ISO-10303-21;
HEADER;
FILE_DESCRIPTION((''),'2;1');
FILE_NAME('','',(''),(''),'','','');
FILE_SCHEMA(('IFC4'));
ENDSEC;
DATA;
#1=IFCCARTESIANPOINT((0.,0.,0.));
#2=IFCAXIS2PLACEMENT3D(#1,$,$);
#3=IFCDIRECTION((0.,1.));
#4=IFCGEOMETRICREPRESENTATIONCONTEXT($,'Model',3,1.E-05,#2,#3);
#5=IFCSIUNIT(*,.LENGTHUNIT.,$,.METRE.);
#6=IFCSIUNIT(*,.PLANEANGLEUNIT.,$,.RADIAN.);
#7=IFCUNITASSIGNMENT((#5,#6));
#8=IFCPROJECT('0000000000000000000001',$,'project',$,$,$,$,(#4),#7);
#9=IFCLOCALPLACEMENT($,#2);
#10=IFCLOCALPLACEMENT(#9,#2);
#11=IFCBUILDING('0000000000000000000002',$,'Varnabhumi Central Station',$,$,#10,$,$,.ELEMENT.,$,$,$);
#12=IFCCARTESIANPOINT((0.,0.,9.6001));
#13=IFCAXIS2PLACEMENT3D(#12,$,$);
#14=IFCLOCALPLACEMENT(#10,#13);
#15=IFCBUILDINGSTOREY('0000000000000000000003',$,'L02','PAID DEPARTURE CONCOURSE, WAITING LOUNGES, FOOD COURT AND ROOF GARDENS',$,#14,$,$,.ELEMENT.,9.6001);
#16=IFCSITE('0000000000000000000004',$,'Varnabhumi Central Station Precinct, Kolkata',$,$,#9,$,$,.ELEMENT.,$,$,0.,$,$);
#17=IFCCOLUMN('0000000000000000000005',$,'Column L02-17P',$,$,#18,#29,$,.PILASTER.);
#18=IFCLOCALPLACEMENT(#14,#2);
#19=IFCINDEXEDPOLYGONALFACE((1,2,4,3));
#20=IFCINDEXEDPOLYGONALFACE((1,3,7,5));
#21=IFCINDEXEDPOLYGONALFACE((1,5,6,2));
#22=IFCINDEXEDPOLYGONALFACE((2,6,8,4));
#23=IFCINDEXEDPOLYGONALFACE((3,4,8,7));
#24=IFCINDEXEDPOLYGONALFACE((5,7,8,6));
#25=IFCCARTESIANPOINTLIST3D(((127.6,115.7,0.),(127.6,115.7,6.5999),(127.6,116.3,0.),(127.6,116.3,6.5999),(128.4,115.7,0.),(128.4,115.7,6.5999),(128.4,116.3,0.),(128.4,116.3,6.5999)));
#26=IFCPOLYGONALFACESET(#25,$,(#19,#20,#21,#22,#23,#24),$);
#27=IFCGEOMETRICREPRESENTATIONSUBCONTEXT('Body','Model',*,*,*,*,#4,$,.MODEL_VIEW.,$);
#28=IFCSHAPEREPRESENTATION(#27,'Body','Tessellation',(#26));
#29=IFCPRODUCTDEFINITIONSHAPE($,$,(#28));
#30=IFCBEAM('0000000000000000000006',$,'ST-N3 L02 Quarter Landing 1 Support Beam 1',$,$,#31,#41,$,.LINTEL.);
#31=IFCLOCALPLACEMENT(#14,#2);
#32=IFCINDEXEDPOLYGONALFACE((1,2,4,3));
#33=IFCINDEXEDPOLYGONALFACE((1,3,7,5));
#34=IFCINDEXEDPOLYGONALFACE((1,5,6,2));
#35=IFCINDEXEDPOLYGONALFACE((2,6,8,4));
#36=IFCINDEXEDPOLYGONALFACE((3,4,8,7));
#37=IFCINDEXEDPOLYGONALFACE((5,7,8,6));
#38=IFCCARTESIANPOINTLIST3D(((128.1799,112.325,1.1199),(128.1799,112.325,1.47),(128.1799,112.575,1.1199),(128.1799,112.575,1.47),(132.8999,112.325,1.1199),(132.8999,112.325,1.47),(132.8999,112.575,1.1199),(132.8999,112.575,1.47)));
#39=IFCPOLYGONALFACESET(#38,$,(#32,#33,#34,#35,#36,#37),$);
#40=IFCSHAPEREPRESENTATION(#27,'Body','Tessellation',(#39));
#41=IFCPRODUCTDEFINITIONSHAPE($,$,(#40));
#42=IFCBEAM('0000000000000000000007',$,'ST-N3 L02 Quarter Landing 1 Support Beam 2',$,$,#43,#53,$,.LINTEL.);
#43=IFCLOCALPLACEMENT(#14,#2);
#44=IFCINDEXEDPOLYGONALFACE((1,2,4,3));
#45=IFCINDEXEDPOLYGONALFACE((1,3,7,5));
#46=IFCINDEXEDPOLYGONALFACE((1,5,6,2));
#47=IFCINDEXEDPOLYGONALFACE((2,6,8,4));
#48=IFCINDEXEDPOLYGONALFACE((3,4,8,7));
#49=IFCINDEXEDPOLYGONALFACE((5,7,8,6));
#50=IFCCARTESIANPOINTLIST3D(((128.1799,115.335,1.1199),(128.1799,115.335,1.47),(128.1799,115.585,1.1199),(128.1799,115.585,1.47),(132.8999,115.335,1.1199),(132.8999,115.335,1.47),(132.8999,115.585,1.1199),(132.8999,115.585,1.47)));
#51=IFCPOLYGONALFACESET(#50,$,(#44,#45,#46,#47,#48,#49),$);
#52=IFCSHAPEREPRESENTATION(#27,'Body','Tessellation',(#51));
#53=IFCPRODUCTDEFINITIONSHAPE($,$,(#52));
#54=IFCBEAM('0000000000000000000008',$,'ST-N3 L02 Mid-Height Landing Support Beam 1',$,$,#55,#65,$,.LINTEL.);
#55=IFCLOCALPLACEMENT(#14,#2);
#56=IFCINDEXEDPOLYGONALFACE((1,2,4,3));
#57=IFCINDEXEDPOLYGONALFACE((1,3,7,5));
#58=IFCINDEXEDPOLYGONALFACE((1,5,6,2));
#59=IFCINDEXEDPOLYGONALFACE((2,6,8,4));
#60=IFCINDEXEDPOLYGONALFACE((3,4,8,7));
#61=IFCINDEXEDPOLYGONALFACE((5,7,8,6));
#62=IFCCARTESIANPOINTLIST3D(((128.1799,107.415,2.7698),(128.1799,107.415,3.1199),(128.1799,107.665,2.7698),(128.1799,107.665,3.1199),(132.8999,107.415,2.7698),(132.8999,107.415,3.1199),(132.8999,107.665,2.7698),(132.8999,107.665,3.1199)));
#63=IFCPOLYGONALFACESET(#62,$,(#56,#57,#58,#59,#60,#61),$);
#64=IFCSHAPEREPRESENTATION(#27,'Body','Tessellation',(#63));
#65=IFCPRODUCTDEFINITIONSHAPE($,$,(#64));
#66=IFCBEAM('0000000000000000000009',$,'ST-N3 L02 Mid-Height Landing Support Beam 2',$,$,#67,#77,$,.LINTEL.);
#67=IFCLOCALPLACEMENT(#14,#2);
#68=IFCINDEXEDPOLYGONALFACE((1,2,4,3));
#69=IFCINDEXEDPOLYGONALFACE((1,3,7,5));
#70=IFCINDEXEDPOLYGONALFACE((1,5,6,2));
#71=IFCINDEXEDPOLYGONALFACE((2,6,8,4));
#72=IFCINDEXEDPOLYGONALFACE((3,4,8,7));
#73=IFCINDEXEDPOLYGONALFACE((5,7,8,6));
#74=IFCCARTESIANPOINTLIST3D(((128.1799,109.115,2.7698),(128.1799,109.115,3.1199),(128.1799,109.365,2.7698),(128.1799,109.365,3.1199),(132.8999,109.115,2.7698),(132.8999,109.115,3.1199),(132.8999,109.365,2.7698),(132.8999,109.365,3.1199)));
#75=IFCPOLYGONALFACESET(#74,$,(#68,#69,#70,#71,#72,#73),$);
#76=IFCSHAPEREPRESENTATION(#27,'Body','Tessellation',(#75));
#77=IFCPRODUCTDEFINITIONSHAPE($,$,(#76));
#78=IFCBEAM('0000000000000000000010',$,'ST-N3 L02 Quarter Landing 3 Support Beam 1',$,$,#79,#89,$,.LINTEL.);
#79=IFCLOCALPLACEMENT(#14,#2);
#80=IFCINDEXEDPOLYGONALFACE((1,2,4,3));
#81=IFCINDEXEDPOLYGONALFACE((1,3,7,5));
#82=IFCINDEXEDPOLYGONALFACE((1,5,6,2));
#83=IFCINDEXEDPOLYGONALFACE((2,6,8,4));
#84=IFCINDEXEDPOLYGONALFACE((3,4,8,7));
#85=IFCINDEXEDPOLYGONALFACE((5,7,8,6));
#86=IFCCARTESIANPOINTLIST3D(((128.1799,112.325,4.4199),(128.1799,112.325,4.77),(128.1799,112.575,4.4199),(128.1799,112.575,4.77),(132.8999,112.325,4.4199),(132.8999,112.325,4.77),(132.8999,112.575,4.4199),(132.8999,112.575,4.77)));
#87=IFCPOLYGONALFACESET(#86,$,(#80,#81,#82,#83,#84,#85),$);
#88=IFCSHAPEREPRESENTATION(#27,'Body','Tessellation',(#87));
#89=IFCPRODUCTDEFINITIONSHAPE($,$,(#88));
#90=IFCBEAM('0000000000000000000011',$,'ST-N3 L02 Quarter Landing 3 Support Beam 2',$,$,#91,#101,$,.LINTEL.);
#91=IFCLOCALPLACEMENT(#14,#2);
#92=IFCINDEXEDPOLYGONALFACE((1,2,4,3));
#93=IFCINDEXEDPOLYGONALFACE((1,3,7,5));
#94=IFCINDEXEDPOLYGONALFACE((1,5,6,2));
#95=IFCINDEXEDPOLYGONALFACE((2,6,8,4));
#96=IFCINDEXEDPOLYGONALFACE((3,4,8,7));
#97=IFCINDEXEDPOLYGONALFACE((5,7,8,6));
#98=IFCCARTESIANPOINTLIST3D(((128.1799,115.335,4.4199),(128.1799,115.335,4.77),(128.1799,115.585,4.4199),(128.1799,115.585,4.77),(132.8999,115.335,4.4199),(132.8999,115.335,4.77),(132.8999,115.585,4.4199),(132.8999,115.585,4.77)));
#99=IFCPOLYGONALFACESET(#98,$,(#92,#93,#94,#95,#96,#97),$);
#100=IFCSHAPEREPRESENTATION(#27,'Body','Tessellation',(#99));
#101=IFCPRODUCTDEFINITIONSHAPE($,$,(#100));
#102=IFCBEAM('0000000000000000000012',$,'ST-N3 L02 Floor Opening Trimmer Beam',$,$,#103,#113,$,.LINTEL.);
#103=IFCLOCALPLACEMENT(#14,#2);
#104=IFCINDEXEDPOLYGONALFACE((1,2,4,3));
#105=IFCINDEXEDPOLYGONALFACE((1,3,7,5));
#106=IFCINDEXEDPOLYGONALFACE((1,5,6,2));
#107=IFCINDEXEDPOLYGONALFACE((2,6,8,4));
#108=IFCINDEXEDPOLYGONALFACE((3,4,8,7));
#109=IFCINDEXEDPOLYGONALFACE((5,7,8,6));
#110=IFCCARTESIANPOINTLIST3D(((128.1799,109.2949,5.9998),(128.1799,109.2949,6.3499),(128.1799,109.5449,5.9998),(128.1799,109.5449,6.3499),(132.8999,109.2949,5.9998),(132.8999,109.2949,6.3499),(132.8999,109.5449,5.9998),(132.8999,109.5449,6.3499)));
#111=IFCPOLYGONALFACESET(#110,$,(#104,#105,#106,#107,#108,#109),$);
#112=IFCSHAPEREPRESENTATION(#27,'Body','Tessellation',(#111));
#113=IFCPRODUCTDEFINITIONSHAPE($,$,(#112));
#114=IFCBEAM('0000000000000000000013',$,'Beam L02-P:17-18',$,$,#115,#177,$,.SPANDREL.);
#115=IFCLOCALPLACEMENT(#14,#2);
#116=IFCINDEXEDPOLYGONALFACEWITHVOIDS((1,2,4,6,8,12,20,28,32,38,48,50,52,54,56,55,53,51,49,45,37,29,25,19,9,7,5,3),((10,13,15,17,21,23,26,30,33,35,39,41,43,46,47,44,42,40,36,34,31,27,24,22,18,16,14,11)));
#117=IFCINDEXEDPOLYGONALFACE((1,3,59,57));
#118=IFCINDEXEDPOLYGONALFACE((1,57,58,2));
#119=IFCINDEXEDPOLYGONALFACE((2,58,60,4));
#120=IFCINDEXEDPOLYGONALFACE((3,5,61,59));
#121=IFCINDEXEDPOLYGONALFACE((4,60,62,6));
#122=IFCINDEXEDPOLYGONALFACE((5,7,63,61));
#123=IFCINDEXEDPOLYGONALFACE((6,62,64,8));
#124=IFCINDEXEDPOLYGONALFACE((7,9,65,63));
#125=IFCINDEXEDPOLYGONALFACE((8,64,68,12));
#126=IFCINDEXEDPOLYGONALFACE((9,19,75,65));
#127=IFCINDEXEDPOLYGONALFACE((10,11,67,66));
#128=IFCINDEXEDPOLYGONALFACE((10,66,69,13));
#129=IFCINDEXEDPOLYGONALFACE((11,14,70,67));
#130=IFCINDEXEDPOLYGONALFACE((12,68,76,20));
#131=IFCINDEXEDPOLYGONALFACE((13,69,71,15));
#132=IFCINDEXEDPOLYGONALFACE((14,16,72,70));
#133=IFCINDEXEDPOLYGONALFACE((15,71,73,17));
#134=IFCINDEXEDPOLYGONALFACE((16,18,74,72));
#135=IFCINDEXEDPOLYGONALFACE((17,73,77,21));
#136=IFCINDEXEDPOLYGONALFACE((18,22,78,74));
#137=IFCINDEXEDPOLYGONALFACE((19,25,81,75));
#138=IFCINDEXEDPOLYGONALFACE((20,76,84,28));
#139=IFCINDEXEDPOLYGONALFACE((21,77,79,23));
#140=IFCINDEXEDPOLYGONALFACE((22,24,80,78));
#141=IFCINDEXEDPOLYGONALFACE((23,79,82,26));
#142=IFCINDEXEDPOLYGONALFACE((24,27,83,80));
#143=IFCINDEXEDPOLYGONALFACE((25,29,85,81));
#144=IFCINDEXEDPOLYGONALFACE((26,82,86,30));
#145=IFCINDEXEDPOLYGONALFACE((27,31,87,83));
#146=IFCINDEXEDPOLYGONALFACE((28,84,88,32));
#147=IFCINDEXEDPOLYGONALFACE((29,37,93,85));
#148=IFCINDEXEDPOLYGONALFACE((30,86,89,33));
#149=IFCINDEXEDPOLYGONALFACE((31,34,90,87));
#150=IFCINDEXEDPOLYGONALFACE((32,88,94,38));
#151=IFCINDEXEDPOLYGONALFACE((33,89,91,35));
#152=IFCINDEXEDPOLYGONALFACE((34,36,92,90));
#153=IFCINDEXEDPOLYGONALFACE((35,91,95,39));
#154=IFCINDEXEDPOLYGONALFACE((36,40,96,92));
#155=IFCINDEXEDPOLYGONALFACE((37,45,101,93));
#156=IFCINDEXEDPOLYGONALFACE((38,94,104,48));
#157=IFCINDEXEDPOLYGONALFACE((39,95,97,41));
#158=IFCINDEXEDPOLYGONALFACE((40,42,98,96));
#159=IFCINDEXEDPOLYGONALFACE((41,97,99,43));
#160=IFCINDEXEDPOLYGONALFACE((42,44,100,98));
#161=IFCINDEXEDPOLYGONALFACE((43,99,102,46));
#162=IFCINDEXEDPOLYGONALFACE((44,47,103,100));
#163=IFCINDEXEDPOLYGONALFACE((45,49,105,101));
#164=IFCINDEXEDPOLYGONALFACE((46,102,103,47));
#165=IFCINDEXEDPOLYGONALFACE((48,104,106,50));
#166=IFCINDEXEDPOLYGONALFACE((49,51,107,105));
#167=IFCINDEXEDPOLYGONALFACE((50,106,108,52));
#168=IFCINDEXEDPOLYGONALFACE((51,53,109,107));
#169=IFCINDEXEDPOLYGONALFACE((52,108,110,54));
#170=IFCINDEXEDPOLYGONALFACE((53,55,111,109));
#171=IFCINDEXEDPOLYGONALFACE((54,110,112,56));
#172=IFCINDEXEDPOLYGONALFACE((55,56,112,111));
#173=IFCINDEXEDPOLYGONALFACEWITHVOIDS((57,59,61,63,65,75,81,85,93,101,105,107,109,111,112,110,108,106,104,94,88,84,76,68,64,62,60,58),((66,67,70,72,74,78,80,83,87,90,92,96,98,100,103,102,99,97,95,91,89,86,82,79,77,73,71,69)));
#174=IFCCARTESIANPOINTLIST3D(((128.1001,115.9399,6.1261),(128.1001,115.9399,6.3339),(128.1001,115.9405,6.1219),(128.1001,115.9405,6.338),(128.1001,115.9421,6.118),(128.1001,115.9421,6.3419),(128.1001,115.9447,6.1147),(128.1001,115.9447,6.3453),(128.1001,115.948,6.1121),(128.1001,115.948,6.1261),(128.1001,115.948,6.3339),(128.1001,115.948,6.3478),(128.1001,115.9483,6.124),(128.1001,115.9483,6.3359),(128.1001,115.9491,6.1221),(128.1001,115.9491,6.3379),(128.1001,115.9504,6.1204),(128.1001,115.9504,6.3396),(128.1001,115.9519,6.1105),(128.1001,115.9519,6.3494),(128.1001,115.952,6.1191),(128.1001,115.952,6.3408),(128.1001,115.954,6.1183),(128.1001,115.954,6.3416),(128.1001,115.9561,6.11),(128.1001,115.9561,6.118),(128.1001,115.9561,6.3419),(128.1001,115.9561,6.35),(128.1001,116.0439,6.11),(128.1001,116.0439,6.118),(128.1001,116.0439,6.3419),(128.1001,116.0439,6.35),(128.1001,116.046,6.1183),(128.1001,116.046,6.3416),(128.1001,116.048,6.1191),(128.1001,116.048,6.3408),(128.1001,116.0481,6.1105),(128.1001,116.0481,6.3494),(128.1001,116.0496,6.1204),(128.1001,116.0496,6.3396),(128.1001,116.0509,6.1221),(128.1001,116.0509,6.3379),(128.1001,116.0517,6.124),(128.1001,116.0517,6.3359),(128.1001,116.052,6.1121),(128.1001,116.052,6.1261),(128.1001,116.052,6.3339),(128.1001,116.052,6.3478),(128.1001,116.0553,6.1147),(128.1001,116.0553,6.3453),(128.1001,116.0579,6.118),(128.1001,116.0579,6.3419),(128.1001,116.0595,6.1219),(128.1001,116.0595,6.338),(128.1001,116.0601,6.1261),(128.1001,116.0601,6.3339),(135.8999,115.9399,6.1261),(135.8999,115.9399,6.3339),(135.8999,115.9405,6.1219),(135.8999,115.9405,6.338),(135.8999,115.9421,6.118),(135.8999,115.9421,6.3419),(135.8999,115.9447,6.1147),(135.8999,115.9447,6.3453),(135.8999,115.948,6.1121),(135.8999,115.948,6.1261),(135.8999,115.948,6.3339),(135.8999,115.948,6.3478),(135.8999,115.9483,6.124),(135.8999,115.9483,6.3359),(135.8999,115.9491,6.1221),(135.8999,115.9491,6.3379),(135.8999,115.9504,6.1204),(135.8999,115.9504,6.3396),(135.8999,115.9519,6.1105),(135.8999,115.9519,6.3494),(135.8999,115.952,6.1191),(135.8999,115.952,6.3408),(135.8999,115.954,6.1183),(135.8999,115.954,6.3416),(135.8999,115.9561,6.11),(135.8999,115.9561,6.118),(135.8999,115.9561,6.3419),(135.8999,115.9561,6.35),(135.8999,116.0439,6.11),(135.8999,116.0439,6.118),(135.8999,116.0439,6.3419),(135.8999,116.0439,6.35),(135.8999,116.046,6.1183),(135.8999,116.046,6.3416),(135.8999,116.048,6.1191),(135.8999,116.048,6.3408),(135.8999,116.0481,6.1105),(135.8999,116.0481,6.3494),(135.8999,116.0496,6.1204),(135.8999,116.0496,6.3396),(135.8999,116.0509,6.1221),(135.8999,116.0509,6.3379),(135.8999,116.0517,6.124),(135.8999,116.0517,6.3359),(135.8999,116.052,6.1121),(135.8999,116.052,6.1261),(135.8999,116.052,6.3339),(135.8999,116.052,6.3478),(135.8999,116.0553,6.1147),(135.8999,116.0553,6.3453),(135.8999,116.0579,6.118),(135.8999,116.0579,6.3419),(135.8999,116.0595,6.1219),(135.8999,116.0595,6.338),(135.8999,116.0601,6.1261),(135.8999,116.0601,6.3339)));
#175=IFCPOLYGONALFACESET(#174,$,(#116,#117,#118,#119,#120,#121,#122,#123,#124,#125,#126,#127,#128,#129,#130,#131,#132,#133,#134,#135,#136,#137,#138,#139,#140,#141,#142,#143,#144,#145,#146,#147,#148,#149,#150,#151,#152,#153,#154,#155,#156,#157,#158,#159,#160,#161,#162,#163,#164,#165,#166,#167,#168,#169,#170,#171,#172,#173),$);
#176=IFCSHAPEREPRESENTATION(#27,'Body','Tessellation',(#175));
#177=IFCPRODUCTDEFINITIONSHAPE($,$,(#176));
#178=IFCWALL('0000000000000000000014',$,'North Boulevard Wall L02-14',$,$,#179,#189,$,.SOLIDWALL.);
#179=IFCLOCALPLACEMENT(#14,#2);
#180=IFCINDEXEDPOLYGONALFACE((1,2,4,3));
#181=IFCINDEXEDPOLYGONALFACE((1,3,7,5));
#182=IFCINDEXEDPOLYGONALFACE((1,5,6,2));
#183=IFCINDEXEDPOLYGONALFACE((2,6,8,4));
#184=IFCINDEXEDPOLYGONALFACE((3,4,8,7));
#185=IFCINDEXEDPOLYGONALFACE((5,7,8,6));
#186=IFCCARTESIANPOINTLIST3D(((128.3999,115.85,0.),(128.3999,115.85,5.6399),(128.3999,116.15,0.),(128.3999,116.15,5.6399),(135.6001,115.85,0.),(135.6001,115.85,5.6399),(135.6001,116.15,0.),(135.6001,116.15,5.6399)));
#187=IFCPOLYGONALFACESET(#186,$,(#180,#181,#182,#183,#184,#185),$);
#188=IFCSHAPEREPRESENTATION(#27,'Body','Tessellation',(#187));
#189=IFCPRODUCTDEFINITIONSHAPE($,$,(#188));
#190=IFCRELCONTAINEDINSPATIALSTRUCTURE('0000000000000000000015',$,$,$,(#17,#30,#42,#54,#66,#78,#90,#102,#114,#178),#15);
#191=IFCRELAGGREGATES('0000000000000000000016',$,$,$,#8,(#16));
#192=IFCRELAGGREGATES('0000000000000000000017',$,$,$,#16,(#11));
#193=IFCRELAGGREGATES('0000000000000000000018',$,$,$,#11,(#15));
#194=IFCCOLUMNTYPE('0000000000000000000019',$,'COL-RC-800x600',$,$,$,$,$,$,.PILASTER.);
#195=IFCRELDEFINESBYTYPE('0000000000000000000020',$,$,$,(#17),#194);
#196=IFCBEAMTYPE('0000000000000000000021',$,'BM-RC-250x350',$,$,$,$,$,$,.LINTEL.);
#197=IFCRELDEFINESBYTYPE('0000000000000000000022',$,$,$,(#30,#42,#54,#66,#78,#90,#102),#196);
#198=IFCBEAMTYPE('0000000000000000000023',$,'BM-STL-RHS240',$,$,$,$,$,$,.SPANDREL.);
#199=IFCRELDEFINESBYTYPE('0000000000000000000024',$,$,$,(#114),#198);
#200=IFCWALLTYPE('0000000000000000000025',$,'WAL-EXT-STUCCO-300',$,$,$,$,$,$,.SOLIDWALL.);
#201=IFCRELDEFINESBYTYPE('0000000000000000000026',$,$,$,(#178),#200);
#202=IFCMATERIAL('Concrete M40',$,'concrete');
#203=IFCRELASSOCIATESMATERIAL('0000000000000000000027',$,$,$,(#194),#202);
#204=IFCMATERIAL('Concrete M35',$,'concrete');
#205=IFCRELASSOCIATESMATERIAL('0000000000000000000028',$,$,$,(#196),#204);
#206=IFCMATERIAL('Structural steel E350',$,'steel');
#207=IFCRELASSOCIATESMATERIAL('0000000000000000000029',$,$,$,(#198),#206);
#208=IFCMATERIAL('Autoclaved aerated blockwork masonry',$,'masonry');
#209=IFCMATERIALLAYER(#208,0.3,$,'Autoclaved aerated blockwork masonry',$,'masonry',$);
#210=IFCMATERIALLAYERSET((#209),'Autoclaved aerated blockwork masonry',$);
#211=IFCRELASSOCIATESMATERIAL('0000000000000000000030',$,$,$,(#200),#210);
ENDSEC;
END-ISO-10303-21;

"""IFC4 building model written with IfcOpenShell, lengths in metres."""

from ifc_helpers import new_model, si_unit, direction, frame, frame_2d, origin, origin_2d, place, context, subcontext, project, spatial, rectangle, hollow_rectangle, extrude, material, layer, layer_set, material_profile, profile_set, type_object, element, save


model = new_model("IFC4")

# Units and contexts
model_context = context("Model", 3, precision=1e-05, world=origin(), true_north=direction((0.0, 1.0)))
body_context = subcontext(model_context, "Body", "Model", "MODEL_VIEW")
ifc_project = project(units=[si_unit("LENGTHUNIT", "METRE"), si_unit("PLANEANGLEUNIT", "RADIAN")], contexts=[model_context])

# Site, building, storey
site_placement = place(None, origin())
site = spatial("IfcSite", under=ifc_project, at=site_placement, Name="Varnabhumi Central Station Precinct, Kolkata", CompositionType="ELEMENT", RefElevation=0.0)
building_placement = place(site_placement, origin())
building = spatial("IfcBuilding", under=site, at=building_placement, Name="Varnabhumi Central Station", CompositionType="ELEMENT")
storey_placement = place(building_placement, frame((0.0, 0.0, 9.6001)))
storey = spatial("IfcBuildingStorey", under=building, at=storey_placement, Name="L02", Description="PAID DEPARTURE CONCOURSE, WAITING LOUNGES, FOOD COURT AND ROOF GARDENS", CompositionType="ELEMENT", Elevation=9.6001)

# Column
ifc_material_1 = material(Name="Concrete M40", Category="concrete")
ifc_material_profile_1 = material_profile(ifc_material_1, rectangle(XDim=0.8, YDim=0.6001, at=origin_2d()), Name="Concrete M40", Category="concrete")
ifc_profile_set_1 = profile_set([ifc_material_profile_1], Name="Concrete M40")
column_type = type_object("IfcColumnType", Name="COL-RC-800x600", PredefinedType="PILASTER", material=ifc_profile_set_1)
column_placement = place(storey_placement, frame((128.0, 116.0, 0.0), z_axis=(0.0, 0.0, 1.0), x_axis=(1.0, 0.0, 0.0)))
element("IfcColumn", 1, at=column_placement, inside=storey, type_object=column_type, Name="Column L02-17P", PredefinedType="PILASTER", context=body_context, shape_type="SweptSolid", body=[
    extrude(rectangle(XDim=0.8, YDim=0.6001, at=origin_2d()), origin(), (0.0, 0.0, 1.0), 6.5999),
])

# Beams
ifc_material_2 = material(Name="Concrete M35", Category="concrete")
ifc_material_profile_2 = material_profile(ifc_material_2, rectangle(XDim=0.25, YDim=0.3501, at=origin_2d()), Name="Concrete M35", Category="concrete")
ifc_profile_set_2 = profile_set([ifc_material_profile_2], Name="Concrete M35")
beam_type_1 = type_object("IfcBeamType", Name="BM-RC-250x350", PredefinedType="LINTEL", material=ifc_profile_set_2)
for number, where, z_axis, x_axis, name in (
    (2, (128.1799, 112.45, 1.2949), (1.0, 0.0, 0.0), (0.0, 1.0, 0.0), "ST-N3 L02 Quarter Landing 1 Support Beam 1"),
    (3, (128.1799, 115.46, 1.2949), (1.0, 0.0, 0.0), (0.0, 1.0, 0.0), "ST-N3 L02 Quarter Landing 1 Support Beam 2"),
    (4, (128.1799, 107.54, 2.9448), (1.0, 0.0, 0.0), (0.0, 1.0, 0.0), "ST-N3 L02 Mid-Height Landing Support Beam 1"),
    (5, (128.1799, 109.24, 2.9448), (1.0, 0.0, 0.0), (0.0, 1.0, 0.0), "ST-N3 L02 Mid-Height Landing Support Beam 2"),
    (6, (128.1799, 112.45, 4.595), (1.0, 0.0, 0.0), (0.0, 1.0, 0.0), "ST-N3 L02 Quarter Landing 3 Support Beam 1"),
    (7, (128.1799, 115.46, 4.595), (1.0, 0.0, 0.0), (0.0, 1.0, 0.0), "ST-N3 L02 Quarter Landing 3 Support Beam 2"),
    (8, (128.1799, 109.4199, 6.1748), (1.0, 0.0, 0.0), (0.0, 1.0, 0.0), "ST-N3 L02 Floor Opening Trimmer Beam"),
):
    element("IfcBeam", number, at=place(storey_placement, frame(where, z_axis=z_axis, x_axis=x_axis)), inside=storey, type_object=beam_type_1, Name=name, PredefinedType="LINTEL", context=body_context, shape_type="SweptSolid", body=[
        extrude(rectangle(XDim=0.25, YDim=0.3501, at=origin_2d()), origin(), (0.0, 0.0, 1.0), 4.72),
    ])
ifc_material_3 = material(Name="Structural steel E350", Category="steel")
ifc_material_profile_3 = material_profile(ifc_material_3, hollow_rectangle(XDim=0.1201, YDim=0.24, WallThickness=0.0081, InnerFilletRadius=0.0081, OuterFilletRadius=0.0161, at=origin_2d()), Name="Structural steel E350", Category="steel")
ifc_profile_set_3 = profile_set([ifc_material_profile_3], Name="Structural steel E350")
beam_type_2 = type_object("IfcBeamType", Name="BM-STL-RHS240", PredefinedType="SPANDREL", material=ifc_profile_set_3)
beam_placement = place(storey_placement, frame((128.1001, 116.0, 6.23), z_axis=(1.0, 0.0, 0.0), x_axis=(0.0, 1.0, 0.0)))
element("IfcBeam", 9, at=beam_placement, inside=storey, type_object=beam_type_2, Name="Beam L02-P:17-18", PredefinedType="SPANDREL", context=body_context, shape_type="SweptSolid", body=[
    extrude(hollow_rectangle(XDim=0.1201, YDim=0.24, WallThickness=0.0081, InnerFilletRadius=0.0081, OuterFilletRadius=0.0161, at=origin_2d()), origin(), (0.0, 0.0, 1.0), 7.7998),
])

# Wall
ifc_material_4 = material(Name="Autoclaved aerated blockwork masonry", Category="masonry")
ifc_layer_1 = layer(ifc_material_4, 0.3, Name="Autoclaved aerated blockwork masonry", Category="masonry")
ifc_layer_set_1 = layer_set([ifc_layer_1], Name="Autoclaved aerated blockwork masonry")
wall_type_1 = type_object("IfcWallType", Name="WAL-EXT-STUCCO-300", PredefinedType="SOLIDWALL", material=ifc_layer_set_1)
wall_1_placement = place(storey_placement, frame((128.3999, 116.0, 0.0), z_axis=(0.0, 0.0, 1.0), x_axis=(1.0, 0.0, 0.0)))
element("IfcWall", 10, at=wall_1_placement, inside=storey, type_object=wall_type_1, Name="North Boulevard Wall L02-14", PredefinedType="SOLIDWALL", context=body_context, shape_type="SweptSolid", body=[
    extrude(rectangle(XDim=7.2002, YDim=0.3, at=frame_2d((3.6001, 0.0))), origin(), (0.0, 0.0, 1.0), 5.6399),
])

save(model, "model.ifc")
